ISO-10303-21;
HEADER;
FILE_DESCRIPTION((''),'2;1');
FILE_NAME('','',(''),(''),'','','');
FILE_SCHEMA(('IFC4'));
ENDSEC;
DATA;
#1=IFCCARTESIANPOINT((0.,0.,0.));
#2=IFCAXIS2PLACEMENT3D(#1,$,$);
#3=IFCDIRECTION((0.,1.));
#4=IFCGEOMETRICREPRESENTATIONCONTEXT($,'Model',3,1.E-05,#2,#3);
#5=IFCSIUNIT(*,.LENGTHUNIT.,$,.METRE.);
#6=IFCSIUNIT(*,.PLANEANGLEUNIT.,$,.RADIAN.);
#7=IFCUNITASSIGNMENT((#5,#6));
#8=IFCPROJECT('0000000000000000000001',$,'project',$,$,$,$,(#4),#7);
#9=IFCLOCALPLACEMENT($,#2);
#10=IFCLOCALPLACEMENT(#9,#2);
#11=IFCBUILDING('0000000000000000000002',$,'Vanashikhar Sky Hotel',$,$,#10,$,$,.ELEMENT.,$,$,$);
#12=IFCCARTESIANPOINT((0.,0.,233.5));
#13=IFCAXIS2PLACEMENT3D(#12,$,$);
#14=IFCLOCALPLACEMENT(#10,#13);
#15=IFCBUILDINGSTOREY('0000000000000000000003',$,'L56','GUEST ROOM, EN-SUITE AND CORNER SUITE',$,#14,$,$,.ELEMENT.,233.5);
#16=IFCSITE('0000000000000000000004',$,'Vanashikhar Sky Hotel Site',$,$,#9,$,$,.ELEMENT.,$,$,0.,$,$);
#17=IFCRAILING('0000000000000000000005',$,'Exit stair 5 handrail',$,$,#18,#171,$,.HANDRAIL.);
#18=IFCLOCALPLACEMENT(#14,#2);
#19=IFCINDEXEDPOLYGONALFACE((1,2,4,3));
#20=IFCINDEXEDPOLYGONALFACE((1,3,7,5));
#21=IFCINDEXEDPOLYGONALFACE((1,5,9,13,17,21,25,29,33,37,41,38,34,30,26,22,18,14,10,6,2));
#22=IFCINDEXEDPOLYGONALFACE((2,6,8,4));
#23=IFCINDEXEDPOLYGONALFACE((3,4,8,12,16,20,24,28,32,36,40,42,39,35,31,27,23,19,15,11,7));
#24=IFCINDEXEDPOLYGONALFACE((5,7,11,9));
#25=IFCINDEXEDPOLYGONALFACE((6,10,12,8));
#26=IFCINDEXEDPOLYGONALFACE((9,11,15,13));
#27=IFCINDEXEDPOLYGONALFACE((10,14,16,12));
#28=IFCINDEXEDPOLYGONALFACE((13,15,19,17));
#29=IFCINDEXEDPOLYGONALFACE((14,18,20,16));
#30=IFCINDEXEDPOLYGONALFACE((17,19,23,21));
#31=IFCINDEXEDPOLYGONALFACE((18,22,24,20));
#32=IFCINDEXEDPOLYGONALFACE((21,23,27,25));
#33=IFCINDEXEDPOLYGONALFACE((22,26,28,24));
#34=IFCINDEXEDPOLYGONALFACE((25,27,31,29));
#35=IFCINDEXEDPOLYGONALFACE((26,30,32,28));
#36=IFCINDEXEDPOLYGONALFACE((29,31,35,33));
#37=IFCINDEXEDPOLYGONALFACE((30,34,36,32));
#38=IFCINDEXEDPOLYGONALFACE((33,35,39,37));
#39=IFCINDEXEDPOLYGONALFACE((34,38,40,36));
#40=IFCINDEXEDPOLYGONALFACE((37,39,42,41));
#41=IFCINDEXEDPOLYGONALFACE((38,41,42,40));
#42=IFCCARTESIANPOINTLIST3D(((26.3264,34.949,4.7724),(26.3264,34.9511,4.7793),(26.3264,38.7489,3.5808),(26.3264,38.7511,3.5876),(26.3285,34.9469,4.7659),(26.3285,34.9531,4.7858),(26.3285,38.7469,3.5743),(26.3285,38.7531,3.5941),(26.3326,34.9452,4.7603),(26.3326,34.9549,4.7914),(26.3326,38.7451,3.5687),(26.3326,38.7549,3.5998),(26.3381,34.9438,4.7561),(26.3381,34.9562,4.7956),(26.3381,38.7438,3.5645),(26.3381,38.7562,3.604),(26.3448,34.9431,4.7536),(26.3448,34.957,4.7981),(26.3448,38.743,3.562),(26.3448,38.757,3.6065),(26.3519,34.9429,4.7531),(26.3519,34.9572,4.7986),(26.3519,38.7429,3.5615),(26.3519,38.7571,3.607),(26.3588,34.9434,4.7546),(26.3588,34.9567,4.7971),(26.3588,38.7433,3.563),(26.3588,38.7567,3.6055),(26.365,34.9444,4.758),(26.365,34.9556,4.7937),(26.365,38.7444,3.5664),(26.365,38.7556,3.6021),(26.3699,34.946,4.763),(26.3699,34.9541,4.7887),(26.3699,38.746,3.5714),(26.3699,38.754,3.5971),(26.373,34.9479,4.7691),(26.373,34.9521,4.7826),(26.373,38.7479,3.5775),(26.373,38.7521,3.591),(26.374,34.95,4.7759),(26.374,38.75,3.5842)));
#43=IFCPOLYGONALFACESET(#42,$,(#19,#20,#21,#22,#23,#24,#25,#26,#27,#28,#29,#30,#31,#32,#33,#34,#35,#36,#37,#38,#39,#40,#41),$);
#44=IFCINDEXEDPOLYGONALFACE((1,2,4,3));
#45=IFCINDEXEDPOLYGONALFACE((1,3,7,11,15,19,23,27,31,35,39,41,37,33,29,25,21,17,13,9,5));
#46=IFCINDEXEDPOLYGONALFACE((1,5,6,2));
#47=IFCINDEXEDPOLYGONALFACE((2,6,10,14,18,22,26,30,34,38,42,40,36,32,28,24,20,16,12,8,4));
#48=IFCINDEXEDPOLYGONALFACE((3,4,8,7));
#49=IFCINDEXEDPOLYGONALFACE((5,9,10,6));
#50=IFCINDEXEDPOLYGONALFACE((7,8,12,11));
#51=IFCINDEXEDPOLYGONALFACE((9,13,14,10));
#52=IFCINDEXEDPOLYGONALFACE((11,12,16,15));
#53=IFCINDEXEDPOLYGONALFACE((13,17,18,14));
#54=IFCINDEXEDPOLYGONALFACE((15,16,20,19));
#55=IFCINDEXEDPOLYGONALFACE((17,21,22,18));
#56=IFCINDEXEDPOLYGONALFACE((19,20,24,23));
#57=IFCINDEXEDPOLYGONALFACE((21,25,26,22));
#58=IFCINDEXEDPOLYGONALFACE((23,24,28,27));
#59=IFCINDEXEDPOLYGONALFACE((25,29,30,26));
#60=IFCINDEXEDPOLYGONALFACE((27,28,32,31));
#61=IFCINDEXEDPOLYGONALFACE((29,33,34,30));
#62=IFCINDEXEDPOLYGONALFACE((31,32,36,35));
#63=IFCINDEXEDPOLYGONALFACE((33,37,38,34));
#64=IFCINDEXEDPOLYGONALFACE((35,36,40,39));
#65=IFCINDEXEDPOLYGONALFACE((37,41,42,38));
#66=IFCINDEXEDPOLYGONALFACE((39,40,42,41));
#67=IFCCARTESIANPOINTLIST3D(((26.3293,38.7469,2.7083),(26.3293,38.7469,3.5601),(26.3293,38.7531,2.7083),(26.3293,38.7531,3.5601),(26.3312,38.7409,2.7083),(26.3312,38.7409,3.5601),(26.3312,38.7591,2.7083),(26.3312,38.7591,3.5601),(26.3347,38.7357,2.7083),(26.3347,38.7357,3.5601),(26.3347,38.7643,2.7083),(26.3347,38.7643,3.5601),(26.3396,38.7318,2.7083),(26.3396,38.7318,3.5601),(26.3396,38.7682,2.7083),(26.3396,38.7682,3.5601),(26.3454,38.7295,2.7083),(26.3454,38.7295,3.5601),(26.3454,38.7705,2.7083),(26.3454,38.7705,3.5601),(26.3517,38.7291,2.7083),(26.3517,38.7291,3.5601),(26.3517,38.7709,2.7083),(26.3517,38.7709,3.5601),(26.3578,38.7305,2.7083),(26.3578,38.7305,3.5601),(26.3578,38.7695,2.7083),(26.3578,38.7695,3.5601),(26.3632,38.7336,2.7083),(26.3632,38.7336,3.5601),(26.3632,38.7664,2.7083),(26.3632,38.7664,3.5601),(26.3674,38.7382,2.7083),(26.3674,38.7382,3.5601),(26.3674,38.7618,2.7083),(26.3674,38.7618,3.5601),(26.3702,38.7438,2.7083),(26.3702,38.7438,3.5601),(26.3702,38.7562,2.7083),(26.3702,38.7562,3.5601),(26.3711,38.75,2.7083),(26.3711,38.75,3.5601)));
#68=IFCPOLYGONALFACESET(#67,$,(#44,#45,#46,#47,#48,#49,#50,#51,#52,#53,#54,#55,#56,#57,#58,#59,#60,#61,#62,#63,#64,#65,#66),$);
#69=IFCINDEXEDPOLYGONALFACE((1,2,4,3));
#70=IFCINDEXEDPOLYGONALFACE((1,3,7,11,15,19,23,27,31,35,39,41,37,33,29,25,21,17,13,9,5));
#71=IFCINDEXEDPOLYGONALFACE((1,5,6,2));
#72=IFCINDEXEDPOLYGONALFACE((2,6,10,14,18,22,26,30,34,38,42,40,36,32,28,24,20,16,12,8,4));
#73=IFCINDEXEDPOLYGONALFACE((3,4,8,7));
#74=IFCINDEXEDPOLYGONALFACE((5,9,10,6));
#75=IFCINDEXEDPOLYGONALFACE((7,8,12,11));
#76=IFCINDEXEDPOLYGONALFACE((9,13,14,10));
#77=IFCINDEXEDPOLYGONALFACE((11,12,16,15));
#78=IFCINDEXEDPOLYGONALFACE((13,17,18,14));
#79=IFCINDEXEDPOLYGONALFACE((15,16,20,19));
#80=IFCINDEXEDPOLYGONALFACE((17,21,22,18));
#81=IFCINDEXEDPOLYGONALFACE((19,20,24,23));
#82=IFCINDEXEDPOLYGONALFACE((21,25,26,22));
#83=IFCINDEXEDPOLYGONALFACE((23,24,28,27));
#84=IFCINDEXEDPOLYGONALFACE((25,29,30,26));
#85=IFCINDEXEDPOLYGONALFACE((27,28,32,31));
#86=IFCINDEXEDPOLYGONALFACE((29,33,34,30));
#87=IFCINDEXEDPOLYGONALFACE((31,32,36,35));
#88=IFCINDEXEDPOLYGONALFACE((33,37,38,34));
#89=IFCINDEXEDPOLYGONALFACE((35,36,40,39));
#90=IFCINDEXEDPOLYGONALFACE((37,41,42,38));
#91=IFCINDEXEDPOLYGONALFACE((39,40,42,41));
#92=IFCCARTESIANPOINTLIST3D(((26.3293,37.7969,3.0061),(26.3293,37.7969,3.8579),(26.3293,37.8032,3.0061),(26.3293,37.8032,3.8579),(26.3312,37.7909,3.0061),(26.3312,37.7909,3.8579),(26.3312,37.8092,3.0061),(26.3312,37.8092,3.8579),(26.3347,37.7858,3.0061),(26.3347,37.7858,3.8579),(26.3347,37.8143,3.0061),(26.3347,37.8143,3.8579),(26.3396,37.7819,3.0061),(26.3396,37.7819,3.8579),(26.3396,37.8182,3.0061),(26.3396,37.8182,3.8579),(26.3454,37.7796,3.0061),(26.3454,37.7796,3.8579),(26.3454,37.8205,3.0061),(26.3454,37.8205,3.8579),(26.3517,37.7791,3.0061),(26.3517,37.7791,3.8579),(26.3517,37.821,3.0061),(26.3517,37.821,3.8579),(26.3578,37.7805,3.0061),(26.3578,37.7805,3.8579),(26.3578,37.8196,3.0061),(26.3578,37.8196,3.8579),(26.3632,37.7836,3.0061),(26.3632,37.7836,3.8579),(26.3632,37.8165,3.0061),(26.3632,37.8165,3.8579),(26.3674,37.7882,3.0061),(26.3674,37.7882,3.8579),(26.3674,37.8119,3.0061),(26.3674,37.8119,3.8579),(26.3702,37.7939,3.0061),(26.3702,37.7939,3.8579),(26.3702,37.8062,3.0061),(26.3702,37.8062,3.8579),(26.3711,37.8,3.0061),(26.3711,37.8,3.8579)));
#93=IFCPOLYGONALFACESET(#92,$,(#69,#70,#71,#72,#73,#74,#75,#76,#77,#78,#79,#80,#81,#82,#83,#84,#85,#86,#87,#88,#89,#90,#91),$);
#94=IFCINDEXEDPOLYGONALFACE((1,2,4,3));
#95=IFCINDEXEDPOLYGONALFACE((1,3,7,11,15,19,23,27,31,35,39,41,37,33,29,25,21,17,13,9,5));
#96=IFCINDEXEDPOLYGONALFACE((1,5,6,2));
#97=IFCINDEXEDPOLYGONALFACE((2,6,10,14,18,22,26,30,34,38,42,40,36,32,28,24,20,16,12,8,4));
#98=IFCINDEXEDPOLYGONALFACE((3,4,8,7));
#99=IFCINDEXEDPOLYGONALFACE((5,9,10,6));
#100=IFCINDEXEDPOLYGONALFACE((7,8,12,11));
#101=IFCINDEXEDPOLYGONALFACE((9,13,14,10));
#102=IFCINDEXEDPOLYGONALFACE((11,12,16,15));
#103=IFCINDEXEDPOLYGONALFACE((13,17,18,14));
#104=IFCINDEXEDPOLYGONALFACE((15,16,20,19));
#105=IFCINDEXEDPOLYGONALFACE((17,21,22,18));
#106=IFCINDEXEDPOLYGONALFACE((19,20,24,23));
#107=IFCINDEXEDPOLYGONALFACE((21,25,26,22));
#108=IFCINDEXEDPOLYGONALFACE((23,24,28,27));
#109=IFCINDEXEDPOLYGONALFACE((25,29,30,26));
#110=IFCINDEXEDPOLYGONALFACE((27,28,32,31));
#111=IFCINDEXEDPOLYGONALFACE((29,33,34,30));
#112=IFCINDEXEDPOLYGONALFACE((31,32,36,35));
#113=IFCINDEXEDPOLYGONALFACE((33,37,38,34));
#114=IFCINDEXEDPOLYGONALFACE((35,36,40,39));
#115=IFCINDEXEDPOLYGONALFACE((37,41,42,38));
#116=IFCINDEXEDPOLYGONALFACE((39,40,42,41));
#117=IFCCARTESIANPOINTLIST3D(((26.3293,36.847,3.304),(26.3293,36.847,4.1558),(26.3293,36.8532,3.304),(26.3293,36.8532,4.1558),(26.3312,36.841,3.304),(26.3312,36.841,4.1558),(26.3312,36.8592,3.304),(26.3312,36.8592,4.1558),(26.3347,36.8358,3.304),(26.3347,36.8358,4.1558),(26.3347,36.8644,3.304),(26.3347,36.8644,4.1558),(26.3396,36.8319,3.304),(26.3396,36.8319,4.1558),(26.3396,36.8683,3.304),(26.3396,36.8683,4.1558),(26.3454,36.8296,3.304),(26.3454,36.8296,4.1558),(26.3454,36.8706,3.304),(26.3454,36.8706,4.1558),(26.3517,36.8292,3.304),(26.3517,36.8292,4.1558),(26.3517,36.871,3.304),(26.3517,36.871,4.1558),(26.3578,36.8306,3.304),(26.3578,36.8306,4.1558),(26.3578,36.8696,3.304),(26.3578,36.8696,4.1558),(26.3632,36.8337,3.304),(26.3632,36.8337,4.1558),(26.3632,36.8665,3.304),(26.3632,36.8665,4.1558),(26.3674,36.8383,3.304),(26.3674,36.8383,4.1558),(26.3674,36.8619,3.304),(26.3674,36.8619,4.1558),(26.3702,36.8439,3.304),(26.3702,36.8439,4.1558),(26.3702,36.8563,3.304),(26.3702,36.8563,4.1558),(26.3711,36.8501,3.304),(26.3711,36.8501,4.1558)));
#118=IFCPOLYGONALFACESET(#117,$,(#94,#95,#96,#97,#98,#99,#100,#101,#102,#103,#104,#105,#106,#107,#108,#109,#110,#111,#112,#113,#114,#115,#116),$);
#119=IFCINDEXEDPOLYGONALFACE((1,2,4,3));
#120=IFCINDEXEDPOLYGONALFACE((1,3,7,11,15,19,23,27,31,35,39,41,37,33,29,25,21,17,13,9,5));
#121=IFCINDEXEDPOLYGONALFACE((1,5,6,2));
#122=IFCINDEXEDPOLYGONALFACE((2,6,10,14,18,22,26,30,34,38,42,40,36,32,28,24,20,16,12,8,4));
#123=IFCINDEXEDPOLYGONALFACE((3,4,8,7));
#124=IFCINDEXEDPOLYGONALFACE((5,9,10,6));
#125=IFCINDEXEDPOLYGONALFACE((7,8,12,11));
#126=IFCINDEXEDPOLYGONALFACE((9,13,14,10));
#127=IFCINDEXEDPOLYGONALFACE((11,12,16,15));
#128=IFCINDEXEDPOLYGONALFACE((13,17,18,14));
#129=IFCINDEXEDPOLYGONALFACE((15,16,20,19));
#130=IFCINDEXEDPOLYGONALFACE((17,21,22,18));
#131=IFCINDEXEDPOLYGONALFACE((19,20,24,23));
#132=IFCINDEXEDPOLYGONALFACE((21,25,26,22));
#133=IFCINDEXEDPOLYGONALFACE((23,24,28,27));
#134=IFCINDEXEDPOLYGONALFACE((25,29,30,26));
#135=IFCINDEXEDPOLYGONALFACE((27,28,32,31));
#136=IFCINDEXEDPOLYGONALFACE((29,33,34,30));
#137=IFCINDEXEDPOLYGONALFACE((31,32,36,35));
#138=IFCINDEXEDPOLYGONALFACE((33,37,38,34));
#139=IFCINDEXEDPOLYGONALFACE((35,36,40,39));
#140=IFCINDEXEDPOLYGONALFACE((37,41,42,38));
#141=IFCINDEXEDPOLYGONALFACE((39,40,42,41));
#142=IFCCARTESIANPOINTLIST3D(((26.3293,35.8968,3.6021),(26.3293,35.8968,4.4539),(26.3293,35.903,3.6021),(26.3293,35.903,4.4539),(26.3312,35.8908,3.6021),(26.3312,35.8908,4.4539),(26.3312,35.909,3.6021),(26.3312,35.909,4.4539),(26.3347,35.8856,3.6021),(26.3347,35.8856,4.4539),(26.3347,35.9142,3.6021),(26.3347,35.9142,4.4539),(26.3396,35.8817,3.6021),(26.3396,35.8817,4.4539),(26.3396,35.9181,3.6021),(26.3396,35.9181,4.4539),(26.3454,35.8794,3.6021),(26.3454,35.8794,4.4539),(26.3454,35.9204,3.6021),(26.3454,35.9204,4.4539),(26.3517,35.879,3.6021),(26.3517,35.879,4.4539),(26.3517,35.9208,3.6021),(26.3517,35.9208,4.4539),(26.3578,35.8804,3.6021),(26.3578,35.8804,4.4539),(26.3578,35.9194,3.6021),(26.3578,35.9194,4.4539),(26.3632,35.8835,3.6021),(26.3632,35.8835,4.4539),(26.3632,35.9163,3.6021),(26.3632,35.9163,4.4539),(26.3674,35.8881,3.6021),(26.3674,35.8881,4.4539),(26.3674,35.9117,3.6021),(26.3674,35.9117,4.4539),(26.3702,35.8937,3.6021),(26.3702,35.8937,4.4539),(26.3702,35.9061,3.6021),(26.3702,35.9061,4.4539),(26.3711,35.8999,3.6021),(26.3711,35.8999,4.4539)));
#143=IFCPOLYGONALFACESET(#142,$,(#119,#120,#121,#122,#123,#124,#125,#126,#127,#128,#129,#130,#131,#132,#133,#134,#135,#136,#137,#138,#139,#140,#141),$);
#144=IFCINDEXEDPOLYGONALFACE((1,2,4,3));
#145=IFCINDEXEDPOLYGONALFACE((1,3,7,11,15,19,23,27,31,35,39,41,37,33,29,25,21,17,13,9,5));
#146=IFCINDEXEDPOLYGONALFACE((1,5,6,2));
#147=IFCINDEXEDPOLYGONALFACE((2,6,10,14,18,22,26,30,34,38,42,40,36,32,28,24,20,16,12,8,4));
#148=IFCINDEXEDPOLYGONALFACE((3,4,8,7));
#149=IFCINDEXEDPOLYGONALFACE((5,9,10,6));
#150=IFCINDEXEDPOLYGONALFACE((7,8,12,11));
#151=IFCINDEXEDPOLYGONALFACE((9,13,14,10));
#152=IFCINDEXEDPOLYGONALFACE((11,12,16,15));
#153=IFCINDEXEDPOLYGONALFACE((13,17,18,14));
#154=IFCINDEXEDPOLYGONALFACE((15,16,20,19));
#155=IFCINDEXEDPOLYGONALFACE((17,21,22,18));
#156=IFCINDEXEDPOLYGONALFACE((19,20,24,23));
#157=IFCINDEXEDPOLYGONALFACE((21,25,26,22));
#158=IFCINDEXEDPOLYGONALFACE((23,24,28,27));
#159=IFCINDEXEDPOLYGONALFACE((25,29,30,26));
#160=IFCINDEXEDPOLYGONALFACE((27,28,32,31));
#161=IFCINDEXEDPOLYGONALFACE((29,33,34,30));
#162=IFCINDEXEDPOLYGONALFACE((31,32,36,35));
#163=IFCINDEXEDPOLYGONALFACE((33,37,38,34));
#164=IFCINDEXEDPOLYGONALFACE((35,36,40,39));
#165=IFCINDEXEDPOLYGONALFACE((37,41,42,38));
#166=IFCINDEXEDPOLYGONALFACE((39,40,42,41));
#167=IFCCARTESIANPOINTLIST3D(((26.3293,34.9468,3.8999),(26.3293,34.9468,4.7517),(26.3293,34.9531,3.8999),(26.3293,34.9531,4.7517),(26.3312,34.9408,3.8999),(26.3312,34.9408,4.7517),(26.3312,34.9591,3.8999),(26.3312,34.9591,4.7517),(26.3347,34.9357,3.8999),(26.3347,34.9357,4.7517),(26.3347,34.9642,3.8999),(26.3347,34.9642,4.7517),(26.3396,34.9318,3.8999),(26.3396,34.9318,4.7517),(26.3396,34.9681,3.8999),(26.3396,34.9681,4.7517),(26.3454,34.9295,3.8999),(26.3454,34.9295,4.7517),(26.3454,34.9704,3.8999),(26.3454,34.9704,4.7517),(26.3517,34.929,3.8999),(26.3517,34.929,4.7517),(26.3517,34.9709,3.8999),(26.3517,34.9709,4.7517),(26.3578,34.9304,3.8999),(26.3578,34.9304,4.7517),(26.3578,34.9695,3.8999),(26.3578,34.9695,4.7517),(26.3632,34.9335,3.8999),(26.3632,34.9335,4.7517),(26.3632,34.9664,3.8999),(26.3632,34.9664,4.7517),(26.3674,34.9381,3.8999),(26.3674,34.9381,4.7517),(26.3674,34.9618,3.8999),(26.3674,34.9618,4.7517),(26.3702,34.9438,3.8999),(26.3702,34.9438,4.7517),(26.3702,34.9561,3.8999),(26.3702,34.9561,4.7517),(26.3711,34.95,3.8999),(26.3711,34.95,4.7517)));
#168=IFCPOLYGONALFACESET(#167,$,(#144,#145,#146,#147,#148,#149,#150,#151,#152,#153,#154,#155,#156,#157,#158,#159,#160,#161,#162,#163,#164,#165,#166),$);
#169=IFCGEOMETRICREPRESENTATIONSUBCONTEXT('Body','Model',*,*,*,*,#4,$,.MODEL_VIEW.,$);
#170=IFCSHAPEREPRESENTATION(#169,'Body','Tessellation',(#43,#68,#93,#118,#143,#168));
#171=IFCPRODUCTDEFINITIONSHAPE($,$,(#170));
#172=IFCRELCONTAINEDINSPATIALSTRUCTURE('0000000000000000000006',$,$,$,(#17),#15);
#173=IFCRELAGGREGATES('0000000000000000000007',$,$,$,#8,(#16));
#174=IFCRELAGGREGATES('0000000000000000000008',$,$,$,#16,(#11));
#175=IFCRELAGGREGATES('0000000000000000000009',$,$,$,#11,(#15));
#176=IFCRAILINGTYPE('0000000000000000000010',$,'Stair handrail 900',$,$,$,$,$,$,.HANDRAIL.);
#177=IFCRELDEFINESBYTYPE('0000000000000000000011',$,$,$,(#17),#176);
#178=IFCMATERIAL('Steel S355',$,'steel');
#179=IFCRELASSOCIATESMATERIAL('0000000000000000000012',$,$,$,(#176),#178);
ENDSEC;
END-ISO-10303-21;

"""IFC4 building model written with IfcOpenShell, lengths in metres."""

from ifc_helpers import new_model, si_unit, direction, frame, origin, origin_2d, place, context, subcontext, project, spatial, circle, extrude, source, transform, mapped, material, type_object, element, save


model = new_model("IFC4")

# Units and contexts
model_context = context("Model", 3, precision=1e-05, world=origin(), true_north=direction((0.0, 1.0)))
body_context = subcontext(model_context, "Body", "Model", "MODEL_VIEW")
ifc_project = project(units=[si_unit("LENGTHUNIT", "METRE"), si_unit("PLANEANGLEUNIT", "RADIAN")], contexts=[model_context])

# Site, building, storey
site_placement = place(None, origin())
site = spatial("IfcSite", under=ifc_project, at=site_placement, Name="Vanashikhar Sky Hotel Site", CompositionType="ELEMENT", RefElevation=0.0)
building_placement = place(site_placement, origin())
building = spatial("IfcBuilding", under=site, at=building_placement, Name="Vanashikhar Sky Hotel", CompositionType="ELEMENT")
storey_placement = place(building_placement, frame((0.0, 0.0, 233.5)))
storey = spatial("IfcBuildingStorey", under=building, at=storey_placement, Name="L56", Description="GUEST ROOM, EN-SUITE AND CORNER SUITE", CompositionType="ELEMENT", Elevation=233.5)

# Railing
ifc_material_1 = material(Name="Steel S355", Category="steel")
railing_type_1 = type_object("IfcRailingType", Name="Stair handrail 900", PredefinedType="HANDRAIL", material=ifc_material_1)
shared_shape_1 = source(origin(), body_context, "Body", "SweptSolid", [
    extrude(circle(Radius=0.0239, at=origin_2d()), frame((0.0, 0.0, 0.876), z_axis=(0.0, -0.954184, 0.299221), x_axis=(1.0, 0.0, 0.0)), (0.0, 0.0, 1.0), 3.9824),
    extrude(circle(Radius=0.021, at=origin_2d()), origin(), (0.0, 0.0, 1.0), 0.8518),
    extrude(circle(Radius=0.021, at=origin_2d()), frame((0.0, -0.95, 0.2979)), (0.0, 0.0, 1.0), 0.8518),
    extrude(circle(Radius=0.021, at=origin_2d()), frame((0.0, -1.8999, 0.5957)), (0.0, 0.0, 1.0), 0.8518),
    extrude(circle(Radius=0.021, at=origin_2d()), frame((0.0, -2.8501, 0.8938)), (0.0, 0.0, 1.0), 0.8518),
    extrude(circle(Radius=0.021, at=origin_2d()), frame((0.0, -3.8, 1.1917)), (0.0, 0.0, 1.0), 0.8518),
])
for number, where, name in (
    (1, (26.3501, 38.75, 2.7083), "Exit stair 5 handrail"),
):
    element("IfcRailing", number, at=place(storey_placement, frame(where)), inside=storey, type_object=railing_type_1, Name=name, PredefinedType="HANDRAIL", context=body_context, shape_type="MappedRepresentation", body=[
        mapped(shared_shape_1, transform((0.0, 0.0, 0.0), scale=1.0)),
    ])

save(model, "model.ifc")
